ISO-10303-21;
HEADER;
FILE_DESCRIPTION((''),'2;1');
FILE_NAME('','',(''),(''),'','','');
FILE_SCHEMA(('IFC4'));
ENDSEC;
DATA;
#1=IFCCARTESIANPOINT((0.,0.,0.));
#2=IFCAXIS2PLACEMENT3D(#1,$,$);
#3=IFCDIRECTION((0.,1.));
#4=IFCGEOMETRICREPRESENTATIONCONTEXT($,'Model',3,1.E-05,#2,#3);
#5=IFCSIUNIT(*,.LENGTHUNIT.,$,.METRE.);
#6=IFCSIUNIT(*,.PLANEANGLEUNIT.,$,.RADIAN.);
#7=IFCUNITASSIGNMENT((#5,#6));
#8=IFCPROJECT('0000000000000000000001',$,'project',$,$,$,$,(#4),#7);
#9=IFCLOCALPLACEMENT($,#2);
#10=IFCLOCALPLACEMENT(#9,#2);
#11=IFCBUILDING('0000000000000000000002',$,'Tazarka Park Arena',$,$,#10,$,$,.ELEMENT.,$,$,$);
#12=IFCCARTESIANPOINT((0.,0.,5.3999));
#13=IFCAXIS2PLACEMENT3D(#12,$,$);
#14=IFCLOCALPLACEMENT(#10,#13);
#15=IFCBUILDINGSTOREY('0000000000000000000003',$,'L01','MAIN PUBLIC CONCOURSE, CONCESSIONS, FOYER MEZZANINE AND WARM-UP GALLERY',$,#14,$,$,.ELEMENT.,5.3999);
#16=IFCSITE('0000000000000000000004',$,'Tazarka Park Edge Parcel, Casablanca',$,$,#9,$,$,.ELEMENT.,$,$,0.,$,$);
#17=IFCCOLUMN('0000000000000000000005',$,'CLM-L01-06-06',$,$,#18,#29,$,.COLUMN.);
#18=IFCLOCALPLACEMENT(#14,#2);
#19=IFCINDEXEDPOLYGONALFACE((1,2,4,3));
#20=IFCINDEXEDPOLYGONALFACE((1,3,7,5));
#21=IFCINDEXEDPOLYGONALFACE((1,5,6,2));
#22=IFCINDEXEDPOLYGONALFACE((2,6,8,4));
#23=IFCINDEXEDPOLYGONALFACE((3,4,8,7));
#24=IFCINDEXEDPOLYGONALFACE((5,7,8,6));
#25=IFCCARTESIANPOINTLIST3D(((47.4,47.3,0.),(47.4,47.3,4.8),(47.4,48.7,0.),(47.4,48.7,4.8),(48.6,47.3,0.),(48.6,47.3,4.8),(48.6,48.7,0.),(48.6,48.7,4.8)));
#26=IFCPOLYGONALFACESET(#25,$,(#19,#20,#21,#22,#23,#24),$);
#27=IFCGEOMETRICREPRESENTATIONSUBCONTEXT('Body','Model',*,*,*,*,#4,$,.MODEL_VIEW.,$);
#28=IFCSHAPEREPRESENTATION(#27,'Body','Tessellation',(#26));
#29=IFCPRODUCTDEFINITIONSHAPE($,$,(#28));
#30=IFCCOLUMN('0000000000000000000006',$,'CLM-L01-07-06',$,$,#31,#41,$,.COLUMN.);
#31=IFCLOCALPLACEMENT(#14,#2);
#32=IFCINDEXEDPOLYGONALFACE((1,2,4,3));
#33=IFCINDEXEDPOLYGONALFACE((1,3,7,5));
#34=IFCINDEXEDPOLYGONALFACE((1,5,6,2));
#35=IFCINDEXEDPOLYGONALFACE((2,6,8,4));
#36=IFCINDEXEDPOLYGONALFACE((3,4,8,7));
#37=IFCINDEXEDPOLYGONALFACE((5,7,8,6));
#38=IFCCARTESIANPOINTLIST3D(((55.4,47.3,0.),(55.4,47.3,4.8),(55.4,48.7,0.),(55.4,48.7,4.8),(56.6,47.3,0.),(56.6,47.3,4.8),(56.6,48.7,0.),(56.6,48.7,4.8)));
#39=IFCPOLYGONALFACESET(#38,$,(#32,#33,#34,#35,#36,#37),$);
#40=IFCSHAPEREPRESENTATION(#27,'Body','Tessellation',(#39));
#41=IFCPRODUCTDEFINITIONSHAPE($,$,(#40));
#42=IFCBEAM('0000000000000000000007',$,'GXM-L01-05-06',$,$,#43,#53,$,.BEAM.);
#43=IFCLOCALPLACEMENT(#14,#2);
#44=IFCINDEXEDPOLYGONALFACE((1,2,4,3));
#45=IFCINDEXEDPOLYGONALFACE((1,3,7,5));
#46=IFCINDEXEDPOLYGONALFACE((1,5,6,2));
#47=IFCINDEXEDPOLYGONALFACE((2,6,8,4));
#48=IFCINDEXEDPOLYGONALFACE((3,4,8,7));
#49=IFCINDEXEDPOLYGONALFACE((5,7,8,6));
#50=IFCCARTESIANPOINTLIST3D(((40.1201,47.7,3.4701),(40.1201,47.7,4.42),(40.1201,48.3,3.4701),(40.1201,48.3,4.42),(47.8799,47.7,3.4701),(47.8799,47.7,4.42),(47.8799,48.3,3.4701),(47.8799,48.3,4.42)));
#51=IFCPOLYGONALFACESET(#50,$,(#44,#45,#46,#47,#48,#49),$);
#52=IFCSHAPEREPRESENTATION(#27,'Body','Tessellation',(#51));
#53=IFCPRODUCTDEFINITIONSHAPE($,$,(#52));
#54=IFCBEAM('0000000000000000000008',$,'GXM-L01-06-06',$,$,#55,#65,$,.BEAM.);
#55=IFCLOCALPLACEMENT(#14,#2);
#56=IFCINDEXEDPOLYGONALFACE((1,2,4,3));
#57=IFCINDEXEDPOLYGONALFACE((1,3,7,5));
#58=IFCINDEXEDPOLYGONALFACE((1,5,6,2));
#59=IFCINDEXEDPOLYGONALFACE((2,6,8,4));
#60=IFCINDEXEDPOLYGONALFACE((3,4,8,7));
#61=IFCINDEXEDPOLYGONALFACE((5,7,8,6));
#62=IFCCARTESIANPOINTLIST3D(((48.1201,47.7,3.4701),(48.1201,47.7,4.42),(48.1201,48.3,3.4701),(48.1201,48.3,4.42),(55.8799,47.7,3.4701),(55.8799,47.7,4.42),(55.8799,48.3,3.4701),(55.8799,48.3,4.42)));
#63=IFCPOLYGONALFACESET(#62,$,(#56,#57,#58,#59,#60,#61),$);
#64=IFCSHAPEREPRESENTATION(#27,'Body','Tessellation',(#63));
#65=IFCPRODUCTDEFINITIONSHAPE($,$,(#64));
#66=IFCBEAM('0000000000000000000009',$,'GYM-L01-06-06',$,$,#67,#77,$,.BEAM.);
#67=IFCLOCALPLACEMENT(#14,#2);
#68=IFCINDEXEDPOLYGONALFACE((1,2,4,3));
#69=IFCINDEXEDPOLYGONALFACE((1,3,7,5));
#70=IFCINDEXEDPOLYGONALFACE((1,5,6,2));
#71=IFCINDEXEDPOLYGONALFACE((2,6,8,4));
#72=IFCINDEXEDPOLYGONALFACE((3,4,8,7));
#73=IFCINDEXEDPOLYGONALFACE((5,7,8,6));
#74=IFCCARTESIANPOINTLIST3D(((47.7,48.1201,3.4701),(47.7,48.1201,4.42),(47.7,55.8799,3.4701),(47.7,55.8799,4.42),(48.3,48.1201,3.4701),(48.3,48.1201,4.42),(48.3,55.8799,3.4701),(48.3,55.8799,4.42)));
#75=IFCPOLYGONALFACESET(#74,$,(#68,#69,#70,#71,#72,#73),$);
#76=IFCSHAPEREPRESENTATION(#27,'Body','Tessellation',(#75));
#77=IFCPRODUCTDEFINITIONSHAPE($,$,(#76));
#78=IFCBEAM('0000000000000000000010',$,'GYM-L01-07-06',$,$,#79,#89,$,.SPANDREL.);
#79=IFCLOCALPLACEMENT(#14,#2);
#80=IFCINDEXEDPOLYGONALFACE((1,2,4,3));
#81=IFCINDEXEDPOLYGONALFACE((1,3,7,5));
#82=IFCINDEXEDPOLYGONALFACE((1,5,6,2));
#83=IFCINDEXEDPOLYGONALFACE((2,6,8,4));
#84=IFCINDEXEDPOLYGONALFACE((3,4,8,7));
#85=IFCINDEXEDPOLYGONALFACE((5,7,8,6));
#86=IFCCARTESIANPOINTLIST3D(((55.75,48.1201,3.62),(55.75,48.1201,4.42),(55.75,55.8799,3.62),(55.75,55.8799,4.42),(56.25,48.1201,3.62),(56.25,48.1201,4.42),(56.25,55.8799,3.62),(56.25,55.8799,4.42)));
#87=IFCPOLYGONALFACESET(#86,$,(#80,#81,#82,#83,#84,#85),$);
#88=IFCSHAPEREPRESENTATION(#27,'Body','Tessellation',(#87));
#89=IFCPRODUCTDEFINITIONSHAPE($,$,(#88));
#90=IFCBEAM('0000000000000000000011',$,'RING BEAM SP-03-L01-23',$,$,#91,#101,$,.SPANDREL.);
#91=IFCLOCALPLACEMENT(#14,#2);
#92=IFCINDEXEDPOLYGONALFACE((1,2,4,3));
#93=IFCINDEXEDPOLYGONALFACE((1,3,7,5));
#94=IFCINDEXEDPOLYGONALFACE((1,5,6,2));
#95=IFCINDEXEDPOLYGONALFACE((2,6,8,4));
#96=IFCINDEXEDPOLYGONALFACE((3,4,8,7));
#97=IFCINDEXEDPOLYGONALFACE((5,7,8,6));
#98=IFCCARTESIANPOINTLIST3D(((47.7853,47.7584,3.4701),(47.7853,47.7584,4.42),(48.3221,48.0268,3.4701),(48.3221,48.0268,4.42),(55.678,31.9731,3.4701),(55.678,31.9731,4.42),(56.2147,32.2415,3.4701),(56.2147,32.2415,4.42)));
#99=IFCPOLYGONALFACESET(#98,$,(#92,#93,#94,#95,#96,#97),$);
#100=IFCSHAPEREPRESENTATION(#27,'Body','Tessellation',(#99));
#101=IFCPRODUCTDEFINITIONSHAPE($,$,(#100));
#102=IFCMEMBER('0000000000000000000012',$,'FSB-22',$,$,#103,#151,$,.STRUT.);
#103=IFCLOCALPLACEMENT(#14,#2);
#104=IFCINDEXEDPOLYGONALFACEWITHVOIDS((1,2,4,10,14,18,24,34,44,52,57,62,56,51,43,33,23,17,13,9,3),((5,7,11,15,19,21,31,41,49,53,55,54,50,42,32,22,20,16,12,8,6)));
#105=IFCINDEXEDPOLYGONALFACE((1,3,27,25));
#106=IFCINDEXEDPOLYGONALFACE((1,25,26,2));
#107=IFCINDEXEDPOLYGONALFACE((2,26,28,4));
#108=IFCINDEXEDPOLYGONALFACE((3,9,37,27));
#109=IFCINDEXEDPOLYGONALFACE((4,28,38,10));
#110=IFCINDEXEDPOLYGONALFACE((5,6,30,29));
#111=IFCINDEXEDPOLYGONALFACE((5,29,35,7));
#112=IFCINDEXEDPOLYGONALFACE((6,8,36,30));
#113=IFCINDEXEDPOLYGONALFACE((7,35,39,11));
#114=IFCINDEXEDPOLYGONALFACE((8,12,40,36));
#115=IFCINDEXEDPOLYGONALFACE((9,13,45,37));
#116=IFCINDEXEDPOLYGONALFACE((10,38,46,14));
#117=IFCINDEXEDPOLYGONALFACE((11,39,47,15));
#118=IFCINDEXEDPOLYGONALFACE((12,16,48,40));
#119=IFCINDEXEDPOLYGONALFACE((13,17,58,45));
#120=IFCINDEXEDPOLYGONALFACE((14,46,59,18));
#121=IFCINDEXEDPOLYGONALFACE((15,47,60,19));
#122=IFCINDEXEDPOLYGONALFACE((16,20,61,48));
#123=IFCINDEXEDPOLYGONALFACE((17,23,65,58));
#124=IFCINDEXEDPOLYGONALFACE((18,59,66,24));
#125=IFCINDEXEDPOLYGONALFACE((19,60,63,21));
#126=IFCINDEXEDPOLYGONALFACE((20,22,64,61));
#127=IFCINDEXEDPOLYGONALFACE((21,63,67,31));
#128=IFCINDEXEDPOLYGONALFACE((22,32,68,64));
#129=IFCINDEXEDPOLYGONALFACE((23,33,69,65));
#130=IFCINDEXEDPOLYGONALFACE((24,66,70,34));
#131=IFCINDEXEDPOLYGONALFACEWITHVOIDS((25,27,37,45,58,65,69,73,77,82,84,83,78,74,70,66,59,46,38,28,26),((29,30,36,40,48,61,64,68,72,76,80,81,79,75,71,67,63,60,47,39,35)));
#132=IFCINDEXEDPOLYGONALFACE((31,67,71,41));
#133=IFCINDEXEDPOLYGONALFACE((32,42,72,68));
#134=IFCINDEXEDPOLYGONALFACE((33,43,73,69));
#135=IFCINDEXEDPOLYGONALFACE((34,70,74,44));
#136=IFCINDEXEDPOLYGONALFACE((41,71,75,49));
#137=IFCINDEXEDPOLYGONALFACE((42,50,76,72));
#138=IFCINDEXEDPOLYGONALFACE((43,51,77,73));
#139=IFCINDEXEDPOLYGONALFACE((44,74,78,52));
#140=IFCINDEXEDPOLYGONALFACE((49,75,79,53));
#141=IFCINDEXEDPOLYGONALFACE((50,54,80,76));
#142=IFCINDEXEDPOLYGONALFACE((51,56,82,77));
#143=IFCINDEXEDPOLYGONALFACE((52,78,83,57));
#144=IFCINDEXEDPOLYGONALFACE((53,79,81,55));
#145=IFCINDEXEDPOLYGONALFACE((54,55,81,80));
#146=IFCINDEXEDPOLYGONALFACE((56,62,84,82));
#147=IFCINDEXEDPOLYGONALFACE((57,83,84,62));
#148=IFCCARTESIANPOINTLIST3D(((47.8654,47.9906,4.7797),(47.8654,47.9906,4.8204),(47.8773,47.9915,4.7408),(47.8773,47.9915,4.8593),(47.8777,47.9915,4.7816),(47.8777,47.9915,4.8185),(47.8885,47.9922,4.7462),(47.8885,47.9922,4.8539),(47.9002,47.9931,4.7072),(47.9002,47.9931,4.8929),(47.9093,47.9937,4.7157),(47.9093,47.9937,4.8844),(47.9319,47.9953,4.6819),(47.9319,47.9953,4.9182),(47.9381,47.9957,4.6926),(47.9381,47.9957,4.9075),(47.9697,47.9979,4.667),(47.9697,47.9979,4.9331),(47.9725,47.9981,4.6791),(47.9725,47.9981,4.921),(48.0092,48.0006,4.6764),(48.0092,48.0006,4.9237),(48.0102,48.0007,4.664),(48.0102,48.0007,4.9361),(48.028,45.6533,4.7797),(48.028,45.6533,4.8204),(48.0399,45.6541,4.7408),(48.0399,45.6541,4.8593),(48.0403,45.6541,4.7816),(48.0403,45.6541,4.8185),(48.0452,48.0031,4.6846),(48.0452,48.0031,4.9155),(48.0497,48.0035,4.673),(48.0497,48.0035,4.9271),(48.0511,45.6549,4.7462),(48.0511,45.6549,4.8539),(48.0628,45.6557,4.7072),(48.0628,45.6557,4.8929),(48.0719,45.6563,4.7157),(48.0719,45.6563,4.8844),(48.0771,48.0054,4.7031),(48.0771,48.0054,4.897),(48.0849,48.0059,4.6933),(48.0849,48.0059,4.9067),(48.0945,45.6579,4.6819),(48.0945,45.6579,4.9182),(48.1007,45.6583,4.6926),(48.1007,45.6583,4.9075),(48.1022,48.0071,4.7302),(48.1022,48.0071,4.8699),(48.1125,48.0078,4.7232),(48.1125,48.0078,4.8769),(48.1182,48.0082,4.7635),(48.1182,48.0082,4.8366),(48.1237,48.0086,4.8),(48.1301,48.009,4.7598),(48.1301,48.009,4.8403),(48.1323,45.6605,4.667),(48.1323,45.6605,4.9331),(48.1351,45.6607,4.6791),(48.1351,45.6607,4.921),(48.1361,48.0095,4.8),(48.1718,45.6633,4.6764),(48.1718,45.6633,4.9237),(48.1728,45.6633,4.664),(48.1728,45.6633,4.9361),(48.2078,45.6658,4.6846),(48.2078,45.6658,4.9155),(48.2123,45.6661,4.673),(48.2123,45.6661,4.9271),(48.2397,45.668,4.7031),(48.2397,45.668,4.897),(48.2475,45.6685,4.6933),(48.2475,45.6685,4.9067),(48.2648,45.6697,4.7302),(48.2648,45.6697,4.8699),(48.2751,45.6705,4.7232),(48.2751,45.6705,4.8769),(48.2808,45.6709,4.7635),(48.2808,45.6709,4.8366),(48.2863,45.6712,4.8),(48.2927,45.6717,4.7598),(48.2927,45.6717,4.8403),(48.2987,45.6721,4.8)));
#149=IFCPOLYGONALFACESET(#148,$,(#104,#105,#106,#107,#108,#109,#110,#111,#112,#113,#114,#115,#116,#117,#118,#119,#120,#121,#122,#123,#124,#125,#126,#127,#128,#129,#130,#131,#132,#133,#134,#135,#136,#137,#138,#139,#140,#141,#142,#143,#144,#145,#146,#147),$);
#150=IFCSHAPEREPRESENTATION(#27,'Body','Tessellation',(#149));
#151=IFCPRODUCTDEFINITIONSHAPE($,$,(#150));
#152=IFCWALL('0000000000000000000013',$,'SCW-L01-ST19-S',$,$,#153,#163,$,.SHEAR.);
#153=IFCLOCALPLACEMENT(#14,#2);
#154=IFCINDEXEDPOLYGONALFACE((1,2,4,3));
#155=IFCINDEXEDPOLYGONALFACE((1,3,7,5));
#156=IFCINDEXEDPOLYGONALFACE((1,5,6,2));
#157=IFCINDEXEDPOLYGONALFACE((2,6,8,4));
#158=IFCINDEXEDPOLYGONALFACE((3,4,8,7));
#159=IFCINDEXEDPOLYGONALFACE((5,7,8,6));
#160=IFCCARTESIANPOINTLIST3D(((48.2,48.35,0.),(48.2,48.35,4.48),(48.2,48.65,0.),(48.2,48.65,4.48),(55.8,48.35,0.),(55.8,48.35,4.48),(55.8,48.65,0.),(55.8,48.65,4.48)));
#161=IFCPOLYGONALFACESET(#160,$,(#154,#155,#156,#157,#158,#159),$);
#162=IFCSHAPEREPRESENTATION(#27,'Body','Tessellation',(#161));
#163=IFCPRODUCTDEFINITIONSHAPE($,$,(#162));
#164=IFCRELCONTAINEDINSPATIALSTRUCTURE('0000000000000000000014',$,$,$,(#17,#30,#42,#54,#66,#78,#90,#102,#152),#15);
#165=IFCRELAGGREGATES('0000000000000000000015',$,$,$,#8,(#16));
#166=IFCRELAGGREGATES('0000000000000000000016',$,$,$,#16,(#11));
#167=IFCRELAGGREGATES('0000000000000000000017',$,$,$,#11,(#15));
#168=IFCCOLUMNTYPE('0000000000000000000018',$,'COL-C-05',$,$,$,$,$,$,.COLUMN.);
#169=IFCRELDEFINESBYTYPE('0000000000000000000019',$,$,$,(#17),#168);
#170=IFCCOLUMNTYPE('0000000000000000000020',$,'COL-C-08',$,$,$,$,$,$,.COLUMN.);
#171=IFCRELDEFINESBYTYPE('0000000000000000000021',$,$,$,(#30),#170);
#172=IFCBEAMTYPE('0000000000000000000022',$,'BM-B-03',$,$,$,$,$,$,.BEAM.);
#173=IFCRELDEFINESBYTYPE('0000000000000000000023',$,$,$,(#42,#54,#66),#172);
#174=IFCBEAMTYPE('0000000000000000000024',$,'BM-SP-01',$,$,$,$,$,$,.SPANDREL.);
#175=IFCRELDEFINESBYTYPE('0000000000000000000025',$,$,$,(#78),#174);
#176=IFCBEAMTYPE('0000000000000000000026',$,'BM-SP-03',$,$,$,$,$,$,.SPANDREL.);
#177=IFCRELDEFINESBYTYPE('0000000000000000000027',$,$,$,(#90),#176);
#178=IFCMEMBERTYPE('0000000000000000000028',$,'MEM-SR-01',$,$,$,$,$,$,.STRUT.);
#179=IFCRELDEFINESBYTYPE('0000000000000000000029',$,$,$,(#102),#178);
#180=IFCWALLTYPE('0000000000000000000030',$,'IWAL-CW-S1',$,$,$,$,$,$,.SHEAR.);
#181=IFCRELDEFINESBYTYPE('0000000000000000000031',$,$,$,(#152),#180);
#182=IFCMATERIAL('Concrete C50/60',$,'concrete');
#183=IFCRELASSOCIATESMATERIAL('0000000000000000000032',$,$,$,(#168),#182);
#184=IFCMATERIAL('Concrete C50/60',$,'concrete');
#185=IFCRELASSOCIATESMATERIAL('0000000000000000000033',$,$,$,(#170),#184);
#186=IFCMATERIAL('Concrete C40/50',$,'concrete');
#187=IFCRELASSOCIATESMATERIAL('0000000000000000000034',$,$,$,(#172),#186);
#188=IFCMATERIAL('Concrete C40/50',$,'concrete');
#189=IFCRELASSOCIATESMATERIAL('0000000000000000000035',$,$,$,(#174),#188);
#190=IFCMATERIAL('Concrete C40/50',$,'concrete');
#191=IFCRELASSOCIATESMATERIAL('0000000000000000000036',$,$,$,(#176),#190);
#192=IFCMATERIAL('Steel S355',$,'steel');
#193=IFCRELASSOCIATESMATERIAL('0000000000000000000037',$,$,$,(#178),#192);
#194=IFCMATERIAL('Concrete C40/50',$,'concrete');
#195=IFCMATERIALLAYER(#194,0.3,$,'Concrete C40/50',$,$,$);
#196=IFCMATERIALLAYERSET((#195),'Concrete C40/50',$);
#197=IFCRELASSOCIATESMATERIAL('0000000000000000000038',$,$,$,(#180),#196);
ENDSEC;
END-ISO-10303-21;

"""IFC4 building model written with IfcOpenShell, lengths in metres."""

from ifc_helpers import new_model, si_unit, direction, frame, frame_2d, origin, origin_2d, place, context, subcontext, project, spatial, rectangle, hollow_circle, extrude, material, layer, layer_set, material_profile, profile_set, type_object, element, save


model = new_model("IFC4")

# Units and contexts
model_context = context("Model", 3, precision=1e-05, world=origin(), true_north=direction((0.0, 1.0)))
body_context = subcontext(model_context, "Body", "Model", "MODEL_VIEW")
ifc_project = project(units=[si_unit("LENGTHUNIT", "METRE"), si_unit("PLANEANGLEUNIT", "RADIAN")], contexts=[model_context])

# Site, building, storey
site_placement = place(None, origin())
site = spatial("IfcSite", under=ifc_project, at=site_placement, Name="Tazarka Park Edge Parcel, Casablanca", CompositionType="ELEMENT", RefElevation=0.0)
building_placement = place(site_placement, origin())
building = spatial("IfcBuilding", under=site, at=building_placement, Name="Tazarka Park Arena", CompositionType="ELEMENT")
storey_placement = place(building_placement, frame((0.0, 0.0, 5.3999)))
storey = spatial("IfcBuildingStorey", under=building, at=storey_placement, Name="L01", Description="MAIN PUBLIC CONCOURSE, CONCESSIONS, FOYER MEZZANINE AND WARM-UP GALLERY", CompositionType="ELEMENT", Elevation=5.3999)

# Columns
ifc_material_1 = material(Name="Concrete C50/60", Category="concrete")
ifc_material_profile_1 = material_profile(ifc_material_1, rectangle(XDim=1.2, YDim=1.3999, at=origin_2d()), Name="Concrete C50/60")
ifc_profile_set_1 = profile_set([ifc_material_profile_1], Name="Concrete C50/60")
column_type_1 = type_object("IfcColumnType", Name="COL-C-05", PredefinedType="COLUMN", material=ifc_profile_set_1)
column_1_placement = place(storey_placement, frame((48.0, 48.0, 0.0), z_axis=(0.0, 0.0, 1.0), x_axis=(1.0, 0.0, 0.0)))
element("IfcColumn", 1, at=column_1_placement, inside=storey, type_object=column_type_1, Name="CLM-L01-06-06", PredefinedType="COLUMN", context=body_context, shape_type="SweptSolid", body=[
    extrude(rectangle(XDim=1.2, YDim=1.3999, at=origin_2d()), origin(), (0.0, 0.0, 1.0), 4.8),
])
ifc_material_2 = material(Name="Concrete C50/60", Category="concrete")
ifc_material_profile_2 = material_profile(ifc_material_2, rectangle(XDim=1.2, YDim=1.3999, at=origin_2d()), Name="Concrete C50/60")
ifc_profile_set_2 = profile_set([ifc_material_profile_2], Name="Concrete C50/60")
column_type_2 = type_object("IfcColumnType", Name="COL-C-08", PredefinedType="COLUMN", material=ifc_profile_set_2)
column_2_placement = place(storey_placement, frame((56.0, 48.0, 0.0), z_axis=(0.0, 0.0, 1.0), x_axis=(1.0, 0.0, 0.0)))
element("IfcColumn", 2, at=column_2_placement, inside=storey, type_object=column_type_2, Name="CLM-L01-07-06", PredefinedType="COLUMN", context=body_context, shape_type="SweptSolid", body=[
    extrude(rectangle(XDim=1.2, YDim=1.3999, at=origin_2d()), origin(), (0.0, 0.0, 1.0), 4.8),
])

# Beams
ifc_material_3 = material(Name="Concrete C40/50", Category="concrete")
ifc_material_profile_3 = material_profile(ifc_material_3, rectangle(XDim=0.6001, YDim=0.95, at=origin_2d()), Name="Concrete C40/50")
ifc_profile_set_3 = profile_set([ifc_material_profile_3], Name="Concrete C40/50")
beam_type_1 = type_object("IfcBeamType", Name="BM-B-03", PredefinedType="BEAM", material=ifc_profile_set_3)
for number, where, z_axis, x_axis, name in (
    (3, (40.1201, 48.0, 3.9451), (1.0, 0.0, 0.0), (0.0, 1.0, 0.0), "GXM-L01-05-06"),
    (4, (48.1201, 48.0, 3.9451), (1.0, 0.0, 0.0), (0.0, 1.0, 0.0), "GXM-L01-06-06"),
    (5, (48.0, 48.1201, 3.9451), (0.0, 1.0, 0.0), (-1.0, 0.0, 0.0), "GYM-L01-06-06"),
):
    element("IfcBeam", number, at=place(storey_placement, frame(where, z_axis=z_axis, x_axis=x_axis)), inside=storey, type_object=beam_type_1, Name=name, PredefinedType="BEAM", context=body_context, shape_type="SweptSolid", body=[
        extrude(rectangle(XDim=0.6001, YDim=0.95, at=origin_2d()), origin(), (0.0, 0.0, 1.0), 7.7598),
    ])
ifc_material_4 = material(Name="Concrete C40/50", Category="concrete")
ifc_material_profile_4 = material_profile(ifc_material_4, rectangle(XDim=0.5, YDim=0.8, at=origin_2d()), Name="Concrete C40/50")
ifc_profile_set_4 = profile_set([ifc_material_profile_4], Name="Concrete C40/50")
beam_type_2 = type_object("IfcBeamType", Name="BM-SP-01", PredefinedType="SPANDREL", material=ifc_profile_set_4)
beam_1_placement = place(storey_placement, frame((56.0, 48.1201, 4.02), z_axis=(0.0, 1.0, 0.0), x_axis=(-1.0, 0.0, 0.0)))
element("IfcBeam", 6, at=beam_1_placement, inside=storey, type_object=beam_type_2, Name="GYM-L01-07-06", PredefinedType="SPANDREL", context=body_context, shape_type="SweptSolid", body=[
    extrude(rectangle(XDim=0.5, YDim=0.8, at=origin_2d()), origin(), (0.0, 0.0, 1.0), 7.7598),
])
ifc_material_5 = material(Name="Concrete C40/50", Category="concrete")
ifc_material_profile_5 = material_profile(ifc_material_5, rectangle(XDim=0.6001, YDim=0.95, at=origin_2d()), Name="Concrete C40/50")
ifc_profile_set_5 = profile_set([ifc_material_profile_5], Name="Concrete C40/50")
beam_type_3 = type_object("IfcBeamType", Name="BM-SP-03", PredefinedType="SPANDREL", material=ifc_profile_set_5)
beam_2_placement = place(storey_placement, frame((48.0537, 47.8926, 3.9451), z_axis=(0.447214, -0.894427, 0.0), x_axis=(0.894427, 0.447214, 0.0)))
element("IfcBeam", 7, at=beam_2_placement, inside=storey, type_object=beam_type_3, Name="RING BEAM SP-03-L01-23", PredefinedType="SPANDREL", context=body_context, shape_type="SweptSolid", body=[
    extrude(rectangle(XDim=0.6001, YDim=0.95, at=origin_2d()), origin(), (0.0, 0.0, 1.0), 17.6484),
])

# Member
ifc_material_6 = material(Name="Steel S355", Category="steel")
ifc_material_profile_6 = material_profile(ifc_material_6, hollow_circle(Radius=0.1365, WallThickness=0.0125, at=origin_2d()), Name="Steel S355")
ifc_profile_set_6 = profile_set([ifc_material_profile_6], Name="Steel S355")
member_type = type_object("IfcMemberType", Name="MEM-SR-01", PredefinedType="STRUT", material=ifc_profile_set_6)
member_placement = place(storey_placement, frame((48.0, 48.0, 4.8), z_axis=(0.069396, -0.997589, 0.0), x_axis=(0.997589, 0.069396, 0.0)))
element("IfcMember", 8, at=member_placement, inside=storey, type_object=member_type, Name="FSB-22", PredefinedType="STRUT", context=body_context, shape_type="SweptSolid", body=[
    extrude(hollow_circle(Radius=0.1365, WallThickness=0.0125, at=origin_2d()), origin(), (0.0, 0.0, 1.0), 2.343),
])

# Wall
ifc_material_7 = material(Name="Concrete C40/50", Category="concrete")
ifc_layer_1 = layer(ifc_material_7, 0.3, Name="Concrete C40/50")
ifc_layer_set_1 = layer_set([ifc_layer_1], Name="Concrete C40/50")
wall_type_1 = type_object("IfcWallType", Name="IWAL-CW-S1", PredefinedType="SHEAR", material=ifc_layer_set_1)
wall_1_placement = place(storey_placement, frame((55.8, 48.5, 0.0), z_axis=(0.0, 0.0, 1.0), x_axis=(-1.0, 0.0, 0.0)))
element("IfcWall", 9, at=wall_1_placement, inside=storey, type_object=wall_type_1, Name="SCW-L01-ST19-S", PredefinedType="SHEAR", context=body_context, shape_type="SweptSolid", body=[
    extrude(rectangle(XDim=7.6001, YDim=0.3, at=frame_2d((3.8, 0.0))), origin(), (0.0, 0.0, 1.0), 4.48),
])

save(model, "model.ifc")
